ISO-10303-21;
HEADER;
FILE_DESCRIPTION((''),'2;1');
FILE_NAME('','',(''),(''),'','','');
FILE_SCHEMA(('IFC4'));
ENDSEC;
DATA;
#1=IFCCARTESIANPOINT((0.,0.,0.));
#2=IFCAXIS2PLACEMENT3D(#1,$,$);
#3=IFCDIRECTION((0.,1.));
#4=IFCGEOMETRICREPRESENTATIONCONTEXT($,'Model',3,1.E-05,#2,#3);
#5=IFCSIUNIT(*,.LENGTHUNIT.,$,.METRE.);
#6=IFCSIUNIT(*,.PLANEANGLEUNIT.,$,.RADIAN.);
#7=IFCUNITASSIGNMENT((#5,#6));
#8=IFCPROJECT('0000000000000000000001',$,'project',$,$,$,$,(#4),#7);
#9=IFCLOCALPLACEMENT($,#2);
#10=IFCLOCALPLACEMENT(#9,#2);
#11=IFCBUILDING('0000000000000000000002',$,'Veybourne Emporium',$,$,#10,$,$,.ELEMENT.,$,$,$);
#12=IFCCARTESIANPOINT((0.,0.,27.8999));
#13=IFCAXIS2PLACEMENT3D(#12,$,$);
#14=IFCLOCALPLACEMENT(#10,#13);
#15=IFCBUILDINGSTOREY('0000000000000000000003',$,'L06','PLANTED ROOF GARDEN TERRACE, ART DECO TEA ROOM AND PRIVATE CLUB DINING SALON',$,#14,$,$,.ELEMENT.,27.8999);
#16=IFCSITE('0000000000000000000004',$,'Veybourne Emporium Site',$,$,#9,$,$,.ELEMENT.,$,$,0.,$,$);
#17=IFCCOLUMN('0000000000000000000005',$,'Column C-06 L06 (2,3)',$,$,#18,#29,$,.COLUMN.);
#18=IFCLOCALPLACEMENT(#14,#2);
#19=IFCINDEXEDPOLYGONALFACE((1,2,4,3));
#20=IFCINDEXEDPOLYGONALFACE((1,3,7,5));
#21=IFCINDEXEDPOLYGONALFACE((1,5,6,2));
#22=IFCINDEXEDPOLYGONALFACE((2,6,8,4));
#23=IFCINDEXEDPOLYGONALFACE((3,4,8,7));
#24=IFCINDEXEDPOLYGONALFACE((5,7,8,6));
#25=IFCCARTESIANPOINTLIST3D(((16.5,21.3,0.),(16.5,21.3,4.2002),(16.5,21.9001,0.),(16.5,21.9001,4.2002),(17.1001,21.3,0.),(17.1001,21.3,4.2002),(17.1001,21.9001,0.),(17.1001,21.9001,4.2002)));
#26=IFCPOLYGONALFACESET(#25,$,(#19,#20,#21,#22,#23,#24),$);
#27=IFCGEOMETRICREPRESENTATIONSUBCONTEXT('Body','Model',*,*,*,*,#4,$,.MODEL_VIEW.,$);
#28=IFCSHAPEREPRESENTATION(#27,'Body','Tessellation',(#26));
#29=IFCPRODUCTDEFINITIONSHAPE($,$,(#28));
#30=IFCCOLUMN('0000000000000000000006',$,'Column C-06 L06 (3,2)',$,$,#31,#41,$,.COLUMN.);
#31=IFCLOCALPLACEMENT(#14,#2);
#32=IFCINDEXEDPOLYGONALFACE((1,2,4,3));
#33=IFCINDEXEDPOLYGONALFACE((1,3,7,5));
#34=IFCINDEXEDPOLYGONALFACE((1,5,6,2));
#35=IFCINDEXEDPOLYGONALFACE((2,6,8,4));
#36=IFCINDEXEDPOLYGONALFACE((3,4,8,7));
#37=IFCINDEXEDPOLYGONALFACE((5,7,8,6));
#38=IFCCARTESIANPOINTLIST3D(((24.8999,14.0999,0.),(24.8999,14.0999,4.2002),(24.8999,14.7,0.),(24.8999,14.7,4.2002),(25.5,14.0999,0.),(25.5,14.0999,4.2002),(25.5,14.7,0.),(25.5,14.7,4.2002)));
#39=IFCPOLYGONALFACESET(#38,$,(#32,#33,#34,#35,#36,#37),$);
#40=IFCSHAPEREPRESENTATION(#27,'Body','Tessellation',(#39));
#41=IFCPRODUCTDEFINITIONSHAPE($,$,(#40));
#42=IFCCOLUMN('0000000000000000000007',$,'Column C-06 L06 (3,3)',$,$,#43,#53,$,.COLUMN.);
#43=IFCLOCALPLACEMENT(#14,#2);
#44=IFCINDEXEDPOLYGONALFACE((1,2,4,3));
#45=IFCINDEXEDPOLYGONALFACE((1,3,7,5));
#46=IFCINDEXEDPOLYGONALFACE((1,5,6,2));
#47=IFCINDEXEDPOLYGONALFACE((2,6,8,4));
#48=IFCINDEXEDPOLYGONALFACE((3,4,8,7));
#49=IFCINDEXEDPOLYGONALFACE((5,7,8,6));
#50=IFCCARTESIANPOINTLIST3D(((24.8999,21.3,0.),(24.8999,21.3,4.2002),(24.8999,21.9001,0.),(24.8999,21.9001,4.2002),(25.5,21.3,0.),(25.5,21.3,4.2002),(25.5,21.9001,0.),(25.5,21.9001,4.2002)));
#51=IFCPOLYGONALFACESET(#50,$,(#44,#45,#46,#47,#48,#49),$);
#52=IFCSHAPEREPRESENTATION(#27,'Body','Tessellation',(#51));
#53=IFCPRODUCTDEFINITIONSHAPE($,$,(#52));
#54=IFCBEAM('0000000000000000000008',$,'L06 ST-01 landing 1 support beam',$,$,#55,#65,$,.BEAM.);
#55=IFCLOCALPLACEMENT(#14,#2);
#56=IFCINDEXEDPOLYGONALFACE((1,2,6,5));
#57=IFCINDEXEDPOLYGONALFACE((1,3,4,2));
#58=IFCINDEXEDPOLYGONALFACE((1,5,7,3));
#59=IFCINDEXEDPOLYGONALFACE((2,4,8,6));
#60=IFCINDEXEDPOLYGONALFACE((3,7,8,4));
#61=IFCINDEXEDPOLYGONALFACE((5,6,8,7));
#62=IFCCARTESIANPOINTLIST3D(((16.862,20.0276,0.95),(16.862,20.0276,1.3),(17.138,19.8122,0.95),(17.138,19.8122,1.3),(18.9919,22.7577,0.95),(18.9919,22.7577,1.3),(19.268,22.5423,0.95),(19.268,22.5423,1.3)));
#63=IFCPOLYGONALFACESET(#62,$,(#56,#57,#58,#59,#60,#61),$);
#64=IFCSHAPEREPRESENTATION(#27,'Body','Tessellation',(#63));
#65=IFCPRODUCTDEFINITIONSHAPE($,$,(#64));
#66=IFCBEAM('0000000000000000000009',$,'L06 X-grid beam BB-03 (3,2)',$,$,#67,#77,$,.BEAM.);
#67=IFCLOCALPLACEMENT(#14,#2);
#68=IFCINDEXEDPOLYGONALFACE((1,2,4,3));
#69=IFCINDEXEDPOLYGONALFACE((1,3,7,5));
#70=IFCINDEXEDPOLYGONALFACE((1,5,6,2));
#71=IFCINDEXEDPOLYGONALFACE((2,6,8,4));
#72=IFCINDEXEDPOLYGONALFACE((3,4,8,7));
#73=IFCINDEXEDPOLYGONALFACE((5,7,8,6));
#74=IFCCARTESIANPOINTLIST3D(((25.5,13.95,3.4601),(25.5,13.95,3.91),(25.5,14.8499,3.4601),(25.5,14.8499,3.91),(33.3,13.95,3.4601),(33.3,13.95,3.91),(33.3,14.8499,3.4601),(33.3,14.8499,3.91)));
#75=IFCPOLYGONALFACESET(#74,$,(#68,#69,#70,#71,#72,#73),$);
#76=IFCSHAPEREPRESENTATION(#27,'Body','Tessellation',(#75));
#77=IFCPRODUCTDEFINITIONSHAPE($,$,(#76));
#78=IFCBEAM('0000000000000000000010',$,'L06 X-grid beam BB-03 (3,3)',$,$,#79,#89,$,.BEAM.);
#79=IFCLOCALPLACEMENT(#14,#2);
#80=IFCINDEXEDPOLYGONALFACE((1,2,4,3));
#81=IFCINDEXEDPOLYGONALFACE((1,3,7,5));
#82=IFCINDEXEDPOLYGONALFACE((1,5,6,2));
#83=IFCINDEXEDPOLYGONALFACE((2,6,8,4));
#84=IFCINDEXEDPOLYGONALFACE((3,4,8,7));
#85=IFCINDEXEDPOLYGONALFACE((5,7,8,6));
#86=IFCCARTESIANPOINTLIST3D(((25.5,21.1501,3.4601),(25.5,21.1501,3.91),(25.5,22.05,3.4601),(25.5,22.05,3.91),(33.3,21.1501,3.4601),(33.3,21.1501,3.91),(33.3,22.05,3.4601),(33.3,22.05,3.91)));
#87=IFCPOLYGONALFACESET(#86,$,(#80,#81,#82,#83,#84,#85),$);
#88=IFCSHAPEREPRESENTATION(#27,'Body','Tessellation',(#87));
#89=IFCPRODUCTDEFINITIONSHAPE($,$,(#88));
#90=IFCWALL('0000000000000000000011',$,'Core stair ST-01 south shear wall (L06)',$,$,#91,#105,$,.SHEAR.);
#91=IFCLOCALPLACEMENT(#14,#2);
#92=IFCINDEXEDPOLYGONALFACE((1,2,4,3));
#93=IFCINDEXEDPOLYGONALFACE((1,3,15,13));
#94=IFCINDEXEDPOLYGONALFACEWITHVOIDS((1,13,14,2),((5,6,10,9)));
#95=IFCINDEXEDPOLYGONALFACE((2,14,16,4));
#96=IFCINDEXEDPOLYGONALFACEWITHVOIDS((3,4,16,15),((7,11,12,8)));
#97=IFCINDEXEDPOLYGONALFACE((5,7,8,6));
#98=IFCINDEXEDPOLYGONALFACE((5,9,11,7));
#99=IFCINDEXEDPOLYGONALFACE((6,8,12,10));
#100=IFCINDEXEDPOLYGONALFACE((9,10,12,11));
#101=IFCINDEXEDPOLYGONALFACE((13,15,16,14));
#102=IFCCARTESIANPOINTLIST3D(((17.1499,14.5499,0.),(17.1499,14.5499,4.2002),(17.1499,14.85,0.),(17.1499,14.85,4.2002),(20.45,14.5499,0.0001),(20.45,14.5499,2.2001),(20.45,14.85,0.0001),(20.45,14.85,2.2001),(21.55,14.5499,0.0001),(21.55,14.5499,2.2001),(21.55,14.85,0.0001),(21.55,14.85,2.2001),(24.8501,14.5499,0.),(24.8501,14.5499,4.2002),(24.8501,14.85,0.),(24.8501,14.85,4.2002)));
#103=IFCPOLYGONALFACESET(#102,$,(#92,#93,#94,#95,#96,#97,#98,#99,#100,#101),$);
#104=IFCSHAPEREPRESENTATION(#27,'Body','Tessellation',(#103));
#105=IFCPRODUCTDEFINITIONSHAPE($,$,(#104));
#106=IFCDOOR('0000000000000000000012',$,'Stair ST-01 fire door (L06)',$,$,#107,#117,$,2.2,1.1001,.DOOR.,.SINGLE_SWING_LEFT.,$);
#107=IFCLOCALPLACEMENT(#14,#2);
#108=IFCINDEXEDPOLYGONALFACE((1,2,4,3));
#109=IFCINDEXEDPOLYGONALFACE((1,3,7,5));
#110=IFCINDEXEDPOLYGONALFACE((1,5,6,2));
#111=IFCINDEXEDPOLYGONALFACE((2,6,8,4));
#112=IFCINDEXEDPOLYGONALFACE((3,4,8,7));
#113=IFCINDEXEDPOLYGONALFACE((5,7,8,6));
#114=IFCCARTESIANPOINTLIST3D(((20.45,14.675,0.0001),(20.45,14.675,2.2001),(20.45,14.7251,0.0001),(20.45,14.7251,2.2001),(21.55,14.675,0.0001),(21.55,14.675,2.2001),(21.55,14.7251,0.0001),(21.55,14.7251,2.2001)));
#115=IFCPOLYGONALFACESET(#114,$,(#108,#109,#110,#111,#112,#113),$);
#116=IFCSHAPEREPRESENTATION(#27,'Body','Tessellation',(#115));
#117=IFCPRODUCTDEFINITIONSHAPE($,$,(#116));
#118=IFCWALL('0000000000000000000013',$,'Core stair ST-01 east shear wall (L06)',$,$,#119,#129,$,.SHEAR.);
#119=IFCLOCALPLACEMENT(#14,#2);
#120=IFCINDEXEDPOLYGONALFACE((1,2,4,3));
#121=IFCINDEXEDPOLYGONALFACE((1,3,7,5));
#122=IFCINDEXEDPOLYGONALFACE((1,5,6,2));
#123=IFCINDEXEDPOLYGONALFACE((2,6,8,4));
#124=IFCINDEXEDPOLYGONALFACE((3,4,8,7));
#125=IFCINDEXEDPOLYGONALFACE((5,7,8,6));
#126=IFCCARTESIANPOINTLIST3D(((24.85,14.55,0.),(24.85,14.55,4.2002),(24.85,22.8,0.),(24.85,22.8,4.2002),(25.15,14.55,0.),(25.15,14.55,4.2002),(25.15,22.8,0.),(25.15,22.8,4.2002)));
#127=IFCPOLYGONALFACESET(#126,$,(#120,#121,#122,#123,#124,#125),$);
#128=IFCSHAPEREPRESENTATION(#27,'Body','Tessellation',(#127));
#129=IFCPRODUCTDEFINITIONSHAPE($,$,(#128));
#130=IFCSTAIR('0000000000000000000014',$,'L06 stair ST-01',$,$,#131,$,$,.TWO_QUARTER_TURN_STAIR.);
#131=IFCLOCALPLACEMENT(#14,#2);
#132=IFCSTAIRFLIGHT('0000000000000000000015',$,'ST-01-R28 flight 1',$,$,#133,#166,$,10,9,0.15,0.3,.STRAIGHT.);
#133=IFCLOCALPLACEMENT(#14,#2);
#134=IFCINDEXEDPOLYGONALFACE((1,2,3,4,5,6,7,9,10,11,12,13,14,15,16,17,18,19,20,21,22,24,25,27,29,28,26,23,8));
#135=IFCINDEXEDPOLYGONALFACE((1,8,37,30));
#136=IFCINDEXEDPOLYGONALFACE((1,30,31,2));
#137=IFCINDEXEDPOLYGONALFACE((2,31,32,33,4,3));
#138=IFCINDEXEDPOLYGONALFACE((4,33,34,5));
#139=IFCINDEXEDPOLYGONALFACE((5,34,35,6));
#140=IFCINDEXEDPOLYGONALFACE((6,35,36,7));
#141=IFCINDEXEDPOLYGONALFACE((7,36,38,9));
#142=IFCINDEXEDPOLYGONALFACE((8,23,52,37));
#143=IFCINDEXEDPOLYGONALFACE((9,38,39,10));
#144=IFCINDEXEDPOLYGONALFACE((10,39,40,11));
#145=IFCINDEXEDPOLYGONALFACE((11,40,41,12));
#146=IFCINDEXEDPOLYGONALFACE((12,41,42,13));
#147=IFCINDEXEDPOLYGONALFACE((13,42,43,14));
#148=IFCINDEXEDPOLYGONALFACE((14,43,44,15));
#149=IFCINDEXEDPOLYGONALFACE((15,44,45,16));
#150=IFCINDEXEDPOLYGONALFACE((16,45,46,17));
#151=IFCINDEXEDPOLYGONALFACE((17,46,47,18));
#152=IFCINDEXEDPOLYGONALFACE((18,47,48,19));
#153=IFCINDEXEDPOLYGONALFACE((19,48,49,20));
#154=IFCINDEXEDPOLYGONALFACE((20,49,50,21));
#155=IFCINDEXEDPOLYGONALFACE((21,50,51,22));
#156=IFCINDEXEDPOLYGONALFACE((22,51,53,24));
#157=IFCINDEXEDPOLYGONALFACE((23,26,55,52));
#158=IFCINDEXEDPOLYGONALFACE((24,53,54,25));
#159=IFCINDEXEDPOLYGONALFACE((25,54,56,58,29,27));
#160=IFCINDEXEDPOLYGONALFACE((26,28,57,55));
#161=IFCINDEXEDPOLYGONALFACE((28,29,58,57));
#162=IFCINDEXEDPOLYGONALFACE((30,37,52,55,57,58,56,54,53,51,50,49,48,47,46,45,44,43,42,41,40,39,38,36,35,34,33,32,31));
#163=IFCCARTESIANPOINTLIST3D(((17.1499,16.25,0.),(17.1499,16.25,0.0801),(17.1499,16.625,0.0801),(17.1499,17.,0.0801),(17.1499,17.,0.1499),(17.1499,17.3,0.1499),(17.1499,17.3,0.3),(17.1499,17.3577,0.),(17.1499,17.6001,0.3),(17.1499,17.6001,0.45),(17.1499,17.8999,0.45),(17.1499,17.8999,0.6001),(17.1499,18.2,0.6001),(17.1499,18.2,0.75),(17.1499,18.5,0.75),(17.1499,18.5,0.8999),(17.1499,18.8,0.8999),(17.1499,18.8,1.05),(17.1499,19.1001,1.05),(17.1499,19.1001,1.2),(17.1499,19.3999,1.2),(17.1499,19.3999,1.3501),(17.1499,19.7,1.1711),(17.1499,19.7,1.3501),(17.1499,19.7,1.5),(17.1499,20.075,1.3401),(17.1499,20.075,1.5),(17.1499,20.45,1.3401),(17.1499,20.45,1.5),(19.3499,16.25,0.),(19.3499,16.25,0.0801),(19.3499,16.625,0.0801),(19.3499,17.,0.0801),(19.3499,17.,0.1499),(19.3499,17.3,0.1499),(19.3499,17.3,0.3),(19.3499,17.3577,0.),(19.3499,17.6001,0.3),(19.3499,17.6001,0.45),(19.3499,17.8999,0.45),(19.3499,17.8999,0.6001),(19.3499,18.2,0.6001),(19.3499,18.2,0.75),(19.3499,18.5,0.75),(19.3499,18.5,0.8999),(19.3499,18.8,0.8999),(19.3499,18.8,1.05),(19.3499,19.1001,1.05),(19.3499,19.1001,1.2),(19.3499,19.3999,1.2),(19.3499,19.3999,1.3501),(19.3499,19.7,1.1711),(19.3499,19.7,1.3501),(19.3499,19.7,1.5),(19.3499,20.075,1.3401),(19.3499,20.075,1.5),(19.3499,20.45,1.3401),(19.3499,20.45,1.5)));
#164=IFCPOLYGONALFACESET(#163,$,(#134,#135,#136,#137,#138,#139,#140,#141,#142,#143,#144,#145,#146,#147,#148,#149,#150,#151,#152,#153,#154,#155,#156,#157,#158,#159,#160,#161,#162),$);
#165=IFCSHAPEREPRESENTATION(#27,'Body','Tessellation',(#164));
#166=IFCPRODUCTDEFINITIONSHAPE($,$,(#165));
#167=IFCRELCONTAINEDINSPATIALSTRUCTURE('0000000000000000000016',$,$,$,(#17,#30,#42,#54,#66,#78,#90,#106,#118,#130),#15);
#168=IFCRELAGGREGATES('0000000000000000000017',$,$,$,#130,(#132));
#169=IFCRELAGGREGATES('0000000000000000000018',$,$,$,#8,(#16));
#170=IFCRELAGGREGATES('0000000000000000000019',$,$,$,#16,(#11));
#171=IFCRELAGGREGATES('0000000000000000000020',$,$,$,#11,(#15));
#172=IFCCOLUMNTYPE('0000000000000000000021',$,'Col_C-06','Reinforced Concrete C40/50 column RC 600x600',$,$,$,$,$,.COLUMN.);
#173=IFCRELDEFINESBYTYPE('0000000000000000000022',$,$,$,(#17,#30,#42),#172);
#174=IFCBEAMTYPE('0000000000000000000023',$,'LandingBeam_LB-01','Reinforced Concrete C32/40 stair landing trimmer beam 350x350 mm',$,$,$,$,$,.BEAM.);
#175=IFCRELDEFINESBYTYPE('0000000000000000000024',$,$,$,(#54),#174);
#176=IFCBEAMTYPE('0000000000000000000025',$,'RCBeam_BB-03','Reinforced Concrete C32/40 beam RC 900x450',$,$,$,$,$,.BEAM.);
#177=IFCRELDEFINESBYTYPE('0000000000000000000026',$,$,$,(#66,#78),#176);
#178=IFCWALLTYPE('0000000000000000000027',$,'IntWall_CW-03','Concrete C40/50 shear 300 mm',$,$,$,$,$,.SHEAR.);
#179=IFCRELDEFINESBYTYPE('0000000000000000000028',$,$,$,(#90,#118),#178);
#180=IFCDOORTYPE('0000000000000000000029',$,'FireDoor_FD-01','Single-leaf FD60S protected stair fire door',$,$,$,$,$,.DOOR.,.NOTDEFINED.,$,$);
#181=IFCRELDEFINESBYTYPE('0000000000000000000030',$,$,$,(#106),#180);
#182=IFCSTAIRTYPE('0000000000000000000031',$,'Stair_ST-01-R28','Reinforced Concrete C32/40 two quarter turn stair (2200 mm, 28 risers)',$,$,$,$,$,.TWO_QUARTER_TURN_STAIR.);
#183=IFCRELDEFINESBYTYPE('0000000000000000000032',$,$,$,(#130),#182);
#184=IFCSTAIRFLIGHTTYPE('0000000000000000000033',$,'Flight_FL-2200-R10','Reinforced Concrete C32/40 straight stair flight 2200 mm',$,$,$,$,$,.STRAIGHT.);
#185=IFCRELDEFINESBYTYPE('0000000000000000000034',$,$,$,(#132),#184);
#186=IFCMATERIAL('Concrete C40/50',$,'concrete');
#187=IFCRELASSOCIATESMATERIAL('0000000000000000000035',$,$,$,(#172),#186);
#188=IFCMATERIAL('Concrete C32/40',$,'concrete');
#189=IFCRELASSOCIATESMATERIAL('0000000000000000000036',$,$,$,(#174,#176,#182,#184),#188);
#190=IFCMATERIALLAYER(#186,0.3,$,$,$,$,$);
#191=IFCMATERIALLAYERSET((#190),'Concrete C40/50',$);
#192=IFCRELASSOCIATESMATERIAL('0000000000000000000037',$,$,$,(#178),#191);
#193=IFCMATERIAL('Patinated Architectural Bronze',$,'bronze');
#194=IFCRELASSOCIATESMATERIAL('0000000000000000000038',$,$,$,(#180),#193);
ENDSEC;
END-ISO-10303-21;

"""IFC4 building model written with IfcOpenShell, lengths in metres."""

from ifc_helpers import new_model, si_unit, direction, frame, frame_2d, origin, origin_2d, place, context, subcontext, project, spatial, polyline, rectangle, outline, extrude, material, layer, layer_set, material_profile, profile_set, type_object, element, fill, aggregate, save


model = new_model("IFC4")

# Units and contexts
model_context = context("Model", 3, precision=1e-05, world=origin(), true_north=direction((0.0, 1.0)))
body_context = subcontext(model_context, "Body", "Model", "MODEL_VIEW")
ifc_project = project(units=[si_unit("LENGTHUNIT", "METRE"), si_unit("PLANEANGLEUNIT", "RADIAN")], contexts=[model_context])

# Site, building, storey
site_placement = place(None, origin())
site = spatial("IfcSite", under=ifc_project, at=site_placement, Name="Veybourne Emporium Site", CompositionType="ELEMENT", RefElevation=0.0)
building_placement = place(site_placement, origin())
building = spatial("IfcBuilding", under=site, at=building_placement, Name="Veybourne Emporium", CompositionType="ELEMENT")
storey_placement = place(building_placement, frame((0.0, 0.0, 27.8999)))
storey = spatial("IfcBuildingStorey", under=building, at=storey_placement, Name="L06", Description="PLANTED ROOF GARDEN TERRACE, ART DECO TEA ROOM AND PRIVATE CLUB DINING SALON", CompositionType="ELEMENT", Elevation=27.8999)

# Columns
ifc_material_1 = material(Name="Concrete C40/50", Category="concrete")
ifc_material_profile_1 = material_profile(ifc_material_1, rectangle(XDim=0.6001, YDim=0.6001, at=origin_2d()), Name="RC 600x600")
ifc_profile_set_1 = profile_set([ifc_material_profile_1], Name="Concrete C40/50")
column_type = type_object("IfcColumnType", Name="Col_C-06", Description="Reinforced Concrete C40/50 column RC 600x600", PredefinedType="COLUMN", material=ifc_profile_set_1)
for number, where, z_axis, x_axis, name in (
    (1, (16.8, 21.6001, 0.0), (0.0, 0.0, 1.0), (1.0, 0.0, 0.0), "Column C-06 L06 (2,3)"),
    (2, (25.2, 14.3999, 0.0), (0.0, 0.0, 1.0), (1.0, 0.0, 0.0), "Column C-06 L06 (3,2)"),
    (3, (25.2, 21.6001, 0.0), (0.0, 0.0, 1.0), (1.0, 0.0, 0.0), "Column C-06 L06 (3,3)"),
):
    element("IfcColumn", number, at=place(storey_placement, frame(where, z_axis=z_axis, x_axis=x_axis)), inside=storey, type_object=column_type, Name=name, PredefinedType="COLUMN", context=body_context, shape_type="SweptSolid", body=[
        extrude(rectangle(XDim=0.6001, YDim=0.6001, at=origin_2d()), origin(), (0.0, 0.0, 1.0), 4.2002),
    ])

# Beams
ifc_material_2 = material(Name="Concrete C32/40", Category="concrete")
ifc_material_profile_2 = material_profile(ifc_material_2, rectangle(XDim=0.3501, YDim=0.3501, at=origin_2d()), Name="RC 350x350")
ifc_profile_set_2 = profile_set([ifc_material_profile_2], Name="Concrete C32/40")
beam_type_1 = type_object("IfcBeamType", Name="LandingBeam_LB-01", Description="Reinforced Concrete C32/40 stair landing trimmer beam 350x350 mm", PredefinedType="BEAM", material=ifc_profile_set_2)
beam_placement = place(storey_placement, frame((17.0, 19.9199, 1.125), z_axis=(0.615121, 0.788433, 0.0), x_axis=(-0.788433, 0.615121, 0.0)))
element("IfcBeam", 4, at=beam_placement, inside=storey, type_object=beam_type_1, Name="L06 ST-01 landing 1 support beam", PredefinedType="BEAM", context=body_context, shape_type="SweptSolid", body=[
    extrude(rectangle(XDim=0.3501, YDim=0.3501, at=origin_2d()), origin(), (0.0, 0.0, 1.0), 3.4626),
])
ifc_material_profile_3 = material_profile(ifc_material_2, rectangle(XDim=0.8999, YDim=0.45, at=origin_2d()), Name="RC 900x450")
ifc_profile_set_3 = profile_set([ifc_material_profile_3], Name="Concrete C32/40")
beam_type_2 = type_object("IfcBeamType", Name="RCBeam_BB-03", Description="Reinforced Concrete C32/40 beam RC 900x450", PredefinedType="BEAM", material=ifc_profile_set_3)
for number, where, z_axis, x_axis, name in (
    (5, (25.5, 14.3999, 3.6851), (1.0, 0.0, 0.0), (0.0, 1.0, 0.0), "L06 X-grid beam BB-03 (3,2)"),
    (6, (25.5, 21.6001, 3.6851), (1.0, 0.0, 0.0), (0.0, 1.0, 0.0), "L06 X-grid beam BB-03 (3,3)"),
):
    element("IfcBeam", number, at=place(storey_placement, frame(where, z_axis=z_axis, x_axis=x_axis)), inside=storey, type_object=beam_type_2, Name=name, PredefinedType="BEAM", context=body_context, shape_type="SweptSolid", body=[
        extrude(rectangle(XDim=0.8999, YDim=0.45, at=origin_2d()), origin(), (0.0, 0.0, 1.0), 7.8),
    ])

# Wall, opening, door
ifc_layer = layer(ifc_material_1, 0.3)
ifc_layer_set = layer_set([ifc_layer], Name="Concrete C40/50")
wall_type = type_object("IfcWallType", Name="IntWall_CW-03", Description="Concrete C40/50 shear 300 mm", PredefinedType="SHEAR", material=ifc_layer_set)
wall_1_placement = place(storey_placement, frame((24.8501, 14.7, 0.0), z_axis=(0.0, 0.0, 1.0), x_axis=(-1.0, 0.0, 0.0)))
wall_1 = element("IfcWall", 7, at=wall_1_placement, inside=storey, type_object=wall_type, Name="Core stair ST-01 south shear wall (L06)", PredefinedType="SHEAR", context=body_context, shape_type="SweptSolid", body=[
    extrude(rectangle(XDim=7.7002, YDim=0.3, at=frame_2d((3.8501, 0.0))), origin(), (0.0, 0.0, 1.0), 4.2002),
])
opening_placement = place(wall_1_placement, frame((3.3, 0.0, 0.0)))
opening = element("IfcOpeningElement", 8, at=opening_placement, cuts=wall_1, PredefinedType="OPENING", context=body_context, shape_type="SweptSolid", body=[
    extrude(rectangle(XDim=1.1001, YDim=2.2, at=frame_2d((0.55, 1.1001))), frame((0.0, 0.1699, 0.0), z_axis=(0.0, -1.0, 0.0), x_axis=(1.0, 0.0, 0.0)), (0.0, 0.0, 1.0), 0.3401),
])
ifc_material_3 = material(Name="Patinated Architectural Bronze", Category="bronze")
door_type = type_object("IfcDoorType", Name="FireDoor_FD-01", Description="Single-leaf FD60S protected stair fire door", OperationType="NOTDEFINED", PredefinedType="DOOR", material=ifc_material_3)
door_placement = place(opening_placement, origin())
door = element("IfcDoor", 9, at=door_placement, inside=storey, type_object=door_type, Name="Stair ST-01 fire door (L06)", OperationType="SINGLE_SWING_LEFT", OverallHeight=2.2, OverallWidth=1.1001, PredefinedType="DOOR", context=body_context, shape_type="SweptSolid", body=[
    extrude(rectangle(XDim=1.1001, YDim=2.2, at=frame_2d((0.55, 1.1001))), frame((0.0, 0.0249, 0.0), z_axis=(0.0, -1.0, 0.0), x_axis=(1.0, 0.0, 0.0)), (0.0, 0.0, 1.0), 0.05),
])
fill(opening, door)

# Wall
wall_2_placement = place(storey_placement, frame((25.0, 14.55, 0.0), z_axis=(0.0, 0.0, 1.0), x_axis=(0.0, 1.0, 0.0)))
element("IfcWall", 10, at=wall_2_placement, inside=storey, type_object=wall_type, Name="Core stair ST-01 east shear wall (L06)", PredefinedType="SHEAR", context=body_context, shape_type="SweptSolid", body=[
    extrude(rectangle(XDim=8.25, YDim=0.3, at=frame_2d((4.125, 0.0))), origin(), (0.0, 0.0, 1.0), 4.2002),
])

# Stair, stair flight
stair_type = type_object("IfcStairType", Name="Stair_ST-01-R28", Description="Reinforced Concrete C32/40 two quarter turn stair (2200 mm, 28 risers)", PredefinedType="TWO_QUARTER_TURN_STAIR", material=ifc_material_2)
stair_placement = place(storey_placement, origin())
stair = element("IfcStair", 11, at=stair_placement, inside=storey, type_object=stair_type, Name="L06 stair ST-01", PredefinedType="TWO_QUARTER_TURN_STAIR")
stair_flight_type = type_object("IfcStairFlightType", Name="Flight_FL-2200-R10", Description="Reinforced Concrete C32/40 straight stair flight 2200 mm", PredefinedType="STRAIGHT", material=ifc_material_2)
stair_flight_1_placement = place(storey_placement, frame((18.25, 17.0, 0.0), z_axis=(0.0, 0.0, 1.0), x_axis=(0.0, 1.0, 0.0)))
stair_flight_1 = element("IfcStairFlight", 12, at=stair_flight_1_placement, type_object=stair_flight_type, Name="ST-01-R28 flight 1", NumberOfRisers=10, NumberOfTreads=9, PredefinedType="STRAIGHT", RiserHeight=0.15, TreadLength=0.3, context=body_context, shape_type="SweptSolid", body=[
    extrude(outline(polyline([(-0.75, 0.0), (-0.75, 0.0801), (-0.375, 0.0801), (0.0, 0.0801), (0.0, 0.1499), (0.3, 0.1499), (0.3, 0.3), (0.6001, 0.3), (0.6001, 0.45), (0.8999, 0.45), (0.8999, 0.6001), (1.2, 0.6001), (1.2, 0.75), (1.5, 0.75), (1.5, 0.8999), (1.8, 0.8999), (1.8, 1.05), (2.1001, 1.05), (2.1001, 1.2), (2.3999, 1.2), (2.3999, 1.3501), (2.7, 1.3501), (2.7, 1.5), (3.075, 1.5), (3.45, 1.5), (3.45, 1.3401), (3.075, 1.3401), (2.7, 1.1711), (0.3577, 0.0), (-0.75, 0.0)])), frame((0.0, 1.1001, 0.0), z_axis=(0.0, -1.0, 0.0), x_axis=(1.0, 0.0, 0.0)), (0.0, 0.0, 1.0), 2.2),
])
aggregate(stair, [stair_flight_1])

save(model, "model.ifc")
